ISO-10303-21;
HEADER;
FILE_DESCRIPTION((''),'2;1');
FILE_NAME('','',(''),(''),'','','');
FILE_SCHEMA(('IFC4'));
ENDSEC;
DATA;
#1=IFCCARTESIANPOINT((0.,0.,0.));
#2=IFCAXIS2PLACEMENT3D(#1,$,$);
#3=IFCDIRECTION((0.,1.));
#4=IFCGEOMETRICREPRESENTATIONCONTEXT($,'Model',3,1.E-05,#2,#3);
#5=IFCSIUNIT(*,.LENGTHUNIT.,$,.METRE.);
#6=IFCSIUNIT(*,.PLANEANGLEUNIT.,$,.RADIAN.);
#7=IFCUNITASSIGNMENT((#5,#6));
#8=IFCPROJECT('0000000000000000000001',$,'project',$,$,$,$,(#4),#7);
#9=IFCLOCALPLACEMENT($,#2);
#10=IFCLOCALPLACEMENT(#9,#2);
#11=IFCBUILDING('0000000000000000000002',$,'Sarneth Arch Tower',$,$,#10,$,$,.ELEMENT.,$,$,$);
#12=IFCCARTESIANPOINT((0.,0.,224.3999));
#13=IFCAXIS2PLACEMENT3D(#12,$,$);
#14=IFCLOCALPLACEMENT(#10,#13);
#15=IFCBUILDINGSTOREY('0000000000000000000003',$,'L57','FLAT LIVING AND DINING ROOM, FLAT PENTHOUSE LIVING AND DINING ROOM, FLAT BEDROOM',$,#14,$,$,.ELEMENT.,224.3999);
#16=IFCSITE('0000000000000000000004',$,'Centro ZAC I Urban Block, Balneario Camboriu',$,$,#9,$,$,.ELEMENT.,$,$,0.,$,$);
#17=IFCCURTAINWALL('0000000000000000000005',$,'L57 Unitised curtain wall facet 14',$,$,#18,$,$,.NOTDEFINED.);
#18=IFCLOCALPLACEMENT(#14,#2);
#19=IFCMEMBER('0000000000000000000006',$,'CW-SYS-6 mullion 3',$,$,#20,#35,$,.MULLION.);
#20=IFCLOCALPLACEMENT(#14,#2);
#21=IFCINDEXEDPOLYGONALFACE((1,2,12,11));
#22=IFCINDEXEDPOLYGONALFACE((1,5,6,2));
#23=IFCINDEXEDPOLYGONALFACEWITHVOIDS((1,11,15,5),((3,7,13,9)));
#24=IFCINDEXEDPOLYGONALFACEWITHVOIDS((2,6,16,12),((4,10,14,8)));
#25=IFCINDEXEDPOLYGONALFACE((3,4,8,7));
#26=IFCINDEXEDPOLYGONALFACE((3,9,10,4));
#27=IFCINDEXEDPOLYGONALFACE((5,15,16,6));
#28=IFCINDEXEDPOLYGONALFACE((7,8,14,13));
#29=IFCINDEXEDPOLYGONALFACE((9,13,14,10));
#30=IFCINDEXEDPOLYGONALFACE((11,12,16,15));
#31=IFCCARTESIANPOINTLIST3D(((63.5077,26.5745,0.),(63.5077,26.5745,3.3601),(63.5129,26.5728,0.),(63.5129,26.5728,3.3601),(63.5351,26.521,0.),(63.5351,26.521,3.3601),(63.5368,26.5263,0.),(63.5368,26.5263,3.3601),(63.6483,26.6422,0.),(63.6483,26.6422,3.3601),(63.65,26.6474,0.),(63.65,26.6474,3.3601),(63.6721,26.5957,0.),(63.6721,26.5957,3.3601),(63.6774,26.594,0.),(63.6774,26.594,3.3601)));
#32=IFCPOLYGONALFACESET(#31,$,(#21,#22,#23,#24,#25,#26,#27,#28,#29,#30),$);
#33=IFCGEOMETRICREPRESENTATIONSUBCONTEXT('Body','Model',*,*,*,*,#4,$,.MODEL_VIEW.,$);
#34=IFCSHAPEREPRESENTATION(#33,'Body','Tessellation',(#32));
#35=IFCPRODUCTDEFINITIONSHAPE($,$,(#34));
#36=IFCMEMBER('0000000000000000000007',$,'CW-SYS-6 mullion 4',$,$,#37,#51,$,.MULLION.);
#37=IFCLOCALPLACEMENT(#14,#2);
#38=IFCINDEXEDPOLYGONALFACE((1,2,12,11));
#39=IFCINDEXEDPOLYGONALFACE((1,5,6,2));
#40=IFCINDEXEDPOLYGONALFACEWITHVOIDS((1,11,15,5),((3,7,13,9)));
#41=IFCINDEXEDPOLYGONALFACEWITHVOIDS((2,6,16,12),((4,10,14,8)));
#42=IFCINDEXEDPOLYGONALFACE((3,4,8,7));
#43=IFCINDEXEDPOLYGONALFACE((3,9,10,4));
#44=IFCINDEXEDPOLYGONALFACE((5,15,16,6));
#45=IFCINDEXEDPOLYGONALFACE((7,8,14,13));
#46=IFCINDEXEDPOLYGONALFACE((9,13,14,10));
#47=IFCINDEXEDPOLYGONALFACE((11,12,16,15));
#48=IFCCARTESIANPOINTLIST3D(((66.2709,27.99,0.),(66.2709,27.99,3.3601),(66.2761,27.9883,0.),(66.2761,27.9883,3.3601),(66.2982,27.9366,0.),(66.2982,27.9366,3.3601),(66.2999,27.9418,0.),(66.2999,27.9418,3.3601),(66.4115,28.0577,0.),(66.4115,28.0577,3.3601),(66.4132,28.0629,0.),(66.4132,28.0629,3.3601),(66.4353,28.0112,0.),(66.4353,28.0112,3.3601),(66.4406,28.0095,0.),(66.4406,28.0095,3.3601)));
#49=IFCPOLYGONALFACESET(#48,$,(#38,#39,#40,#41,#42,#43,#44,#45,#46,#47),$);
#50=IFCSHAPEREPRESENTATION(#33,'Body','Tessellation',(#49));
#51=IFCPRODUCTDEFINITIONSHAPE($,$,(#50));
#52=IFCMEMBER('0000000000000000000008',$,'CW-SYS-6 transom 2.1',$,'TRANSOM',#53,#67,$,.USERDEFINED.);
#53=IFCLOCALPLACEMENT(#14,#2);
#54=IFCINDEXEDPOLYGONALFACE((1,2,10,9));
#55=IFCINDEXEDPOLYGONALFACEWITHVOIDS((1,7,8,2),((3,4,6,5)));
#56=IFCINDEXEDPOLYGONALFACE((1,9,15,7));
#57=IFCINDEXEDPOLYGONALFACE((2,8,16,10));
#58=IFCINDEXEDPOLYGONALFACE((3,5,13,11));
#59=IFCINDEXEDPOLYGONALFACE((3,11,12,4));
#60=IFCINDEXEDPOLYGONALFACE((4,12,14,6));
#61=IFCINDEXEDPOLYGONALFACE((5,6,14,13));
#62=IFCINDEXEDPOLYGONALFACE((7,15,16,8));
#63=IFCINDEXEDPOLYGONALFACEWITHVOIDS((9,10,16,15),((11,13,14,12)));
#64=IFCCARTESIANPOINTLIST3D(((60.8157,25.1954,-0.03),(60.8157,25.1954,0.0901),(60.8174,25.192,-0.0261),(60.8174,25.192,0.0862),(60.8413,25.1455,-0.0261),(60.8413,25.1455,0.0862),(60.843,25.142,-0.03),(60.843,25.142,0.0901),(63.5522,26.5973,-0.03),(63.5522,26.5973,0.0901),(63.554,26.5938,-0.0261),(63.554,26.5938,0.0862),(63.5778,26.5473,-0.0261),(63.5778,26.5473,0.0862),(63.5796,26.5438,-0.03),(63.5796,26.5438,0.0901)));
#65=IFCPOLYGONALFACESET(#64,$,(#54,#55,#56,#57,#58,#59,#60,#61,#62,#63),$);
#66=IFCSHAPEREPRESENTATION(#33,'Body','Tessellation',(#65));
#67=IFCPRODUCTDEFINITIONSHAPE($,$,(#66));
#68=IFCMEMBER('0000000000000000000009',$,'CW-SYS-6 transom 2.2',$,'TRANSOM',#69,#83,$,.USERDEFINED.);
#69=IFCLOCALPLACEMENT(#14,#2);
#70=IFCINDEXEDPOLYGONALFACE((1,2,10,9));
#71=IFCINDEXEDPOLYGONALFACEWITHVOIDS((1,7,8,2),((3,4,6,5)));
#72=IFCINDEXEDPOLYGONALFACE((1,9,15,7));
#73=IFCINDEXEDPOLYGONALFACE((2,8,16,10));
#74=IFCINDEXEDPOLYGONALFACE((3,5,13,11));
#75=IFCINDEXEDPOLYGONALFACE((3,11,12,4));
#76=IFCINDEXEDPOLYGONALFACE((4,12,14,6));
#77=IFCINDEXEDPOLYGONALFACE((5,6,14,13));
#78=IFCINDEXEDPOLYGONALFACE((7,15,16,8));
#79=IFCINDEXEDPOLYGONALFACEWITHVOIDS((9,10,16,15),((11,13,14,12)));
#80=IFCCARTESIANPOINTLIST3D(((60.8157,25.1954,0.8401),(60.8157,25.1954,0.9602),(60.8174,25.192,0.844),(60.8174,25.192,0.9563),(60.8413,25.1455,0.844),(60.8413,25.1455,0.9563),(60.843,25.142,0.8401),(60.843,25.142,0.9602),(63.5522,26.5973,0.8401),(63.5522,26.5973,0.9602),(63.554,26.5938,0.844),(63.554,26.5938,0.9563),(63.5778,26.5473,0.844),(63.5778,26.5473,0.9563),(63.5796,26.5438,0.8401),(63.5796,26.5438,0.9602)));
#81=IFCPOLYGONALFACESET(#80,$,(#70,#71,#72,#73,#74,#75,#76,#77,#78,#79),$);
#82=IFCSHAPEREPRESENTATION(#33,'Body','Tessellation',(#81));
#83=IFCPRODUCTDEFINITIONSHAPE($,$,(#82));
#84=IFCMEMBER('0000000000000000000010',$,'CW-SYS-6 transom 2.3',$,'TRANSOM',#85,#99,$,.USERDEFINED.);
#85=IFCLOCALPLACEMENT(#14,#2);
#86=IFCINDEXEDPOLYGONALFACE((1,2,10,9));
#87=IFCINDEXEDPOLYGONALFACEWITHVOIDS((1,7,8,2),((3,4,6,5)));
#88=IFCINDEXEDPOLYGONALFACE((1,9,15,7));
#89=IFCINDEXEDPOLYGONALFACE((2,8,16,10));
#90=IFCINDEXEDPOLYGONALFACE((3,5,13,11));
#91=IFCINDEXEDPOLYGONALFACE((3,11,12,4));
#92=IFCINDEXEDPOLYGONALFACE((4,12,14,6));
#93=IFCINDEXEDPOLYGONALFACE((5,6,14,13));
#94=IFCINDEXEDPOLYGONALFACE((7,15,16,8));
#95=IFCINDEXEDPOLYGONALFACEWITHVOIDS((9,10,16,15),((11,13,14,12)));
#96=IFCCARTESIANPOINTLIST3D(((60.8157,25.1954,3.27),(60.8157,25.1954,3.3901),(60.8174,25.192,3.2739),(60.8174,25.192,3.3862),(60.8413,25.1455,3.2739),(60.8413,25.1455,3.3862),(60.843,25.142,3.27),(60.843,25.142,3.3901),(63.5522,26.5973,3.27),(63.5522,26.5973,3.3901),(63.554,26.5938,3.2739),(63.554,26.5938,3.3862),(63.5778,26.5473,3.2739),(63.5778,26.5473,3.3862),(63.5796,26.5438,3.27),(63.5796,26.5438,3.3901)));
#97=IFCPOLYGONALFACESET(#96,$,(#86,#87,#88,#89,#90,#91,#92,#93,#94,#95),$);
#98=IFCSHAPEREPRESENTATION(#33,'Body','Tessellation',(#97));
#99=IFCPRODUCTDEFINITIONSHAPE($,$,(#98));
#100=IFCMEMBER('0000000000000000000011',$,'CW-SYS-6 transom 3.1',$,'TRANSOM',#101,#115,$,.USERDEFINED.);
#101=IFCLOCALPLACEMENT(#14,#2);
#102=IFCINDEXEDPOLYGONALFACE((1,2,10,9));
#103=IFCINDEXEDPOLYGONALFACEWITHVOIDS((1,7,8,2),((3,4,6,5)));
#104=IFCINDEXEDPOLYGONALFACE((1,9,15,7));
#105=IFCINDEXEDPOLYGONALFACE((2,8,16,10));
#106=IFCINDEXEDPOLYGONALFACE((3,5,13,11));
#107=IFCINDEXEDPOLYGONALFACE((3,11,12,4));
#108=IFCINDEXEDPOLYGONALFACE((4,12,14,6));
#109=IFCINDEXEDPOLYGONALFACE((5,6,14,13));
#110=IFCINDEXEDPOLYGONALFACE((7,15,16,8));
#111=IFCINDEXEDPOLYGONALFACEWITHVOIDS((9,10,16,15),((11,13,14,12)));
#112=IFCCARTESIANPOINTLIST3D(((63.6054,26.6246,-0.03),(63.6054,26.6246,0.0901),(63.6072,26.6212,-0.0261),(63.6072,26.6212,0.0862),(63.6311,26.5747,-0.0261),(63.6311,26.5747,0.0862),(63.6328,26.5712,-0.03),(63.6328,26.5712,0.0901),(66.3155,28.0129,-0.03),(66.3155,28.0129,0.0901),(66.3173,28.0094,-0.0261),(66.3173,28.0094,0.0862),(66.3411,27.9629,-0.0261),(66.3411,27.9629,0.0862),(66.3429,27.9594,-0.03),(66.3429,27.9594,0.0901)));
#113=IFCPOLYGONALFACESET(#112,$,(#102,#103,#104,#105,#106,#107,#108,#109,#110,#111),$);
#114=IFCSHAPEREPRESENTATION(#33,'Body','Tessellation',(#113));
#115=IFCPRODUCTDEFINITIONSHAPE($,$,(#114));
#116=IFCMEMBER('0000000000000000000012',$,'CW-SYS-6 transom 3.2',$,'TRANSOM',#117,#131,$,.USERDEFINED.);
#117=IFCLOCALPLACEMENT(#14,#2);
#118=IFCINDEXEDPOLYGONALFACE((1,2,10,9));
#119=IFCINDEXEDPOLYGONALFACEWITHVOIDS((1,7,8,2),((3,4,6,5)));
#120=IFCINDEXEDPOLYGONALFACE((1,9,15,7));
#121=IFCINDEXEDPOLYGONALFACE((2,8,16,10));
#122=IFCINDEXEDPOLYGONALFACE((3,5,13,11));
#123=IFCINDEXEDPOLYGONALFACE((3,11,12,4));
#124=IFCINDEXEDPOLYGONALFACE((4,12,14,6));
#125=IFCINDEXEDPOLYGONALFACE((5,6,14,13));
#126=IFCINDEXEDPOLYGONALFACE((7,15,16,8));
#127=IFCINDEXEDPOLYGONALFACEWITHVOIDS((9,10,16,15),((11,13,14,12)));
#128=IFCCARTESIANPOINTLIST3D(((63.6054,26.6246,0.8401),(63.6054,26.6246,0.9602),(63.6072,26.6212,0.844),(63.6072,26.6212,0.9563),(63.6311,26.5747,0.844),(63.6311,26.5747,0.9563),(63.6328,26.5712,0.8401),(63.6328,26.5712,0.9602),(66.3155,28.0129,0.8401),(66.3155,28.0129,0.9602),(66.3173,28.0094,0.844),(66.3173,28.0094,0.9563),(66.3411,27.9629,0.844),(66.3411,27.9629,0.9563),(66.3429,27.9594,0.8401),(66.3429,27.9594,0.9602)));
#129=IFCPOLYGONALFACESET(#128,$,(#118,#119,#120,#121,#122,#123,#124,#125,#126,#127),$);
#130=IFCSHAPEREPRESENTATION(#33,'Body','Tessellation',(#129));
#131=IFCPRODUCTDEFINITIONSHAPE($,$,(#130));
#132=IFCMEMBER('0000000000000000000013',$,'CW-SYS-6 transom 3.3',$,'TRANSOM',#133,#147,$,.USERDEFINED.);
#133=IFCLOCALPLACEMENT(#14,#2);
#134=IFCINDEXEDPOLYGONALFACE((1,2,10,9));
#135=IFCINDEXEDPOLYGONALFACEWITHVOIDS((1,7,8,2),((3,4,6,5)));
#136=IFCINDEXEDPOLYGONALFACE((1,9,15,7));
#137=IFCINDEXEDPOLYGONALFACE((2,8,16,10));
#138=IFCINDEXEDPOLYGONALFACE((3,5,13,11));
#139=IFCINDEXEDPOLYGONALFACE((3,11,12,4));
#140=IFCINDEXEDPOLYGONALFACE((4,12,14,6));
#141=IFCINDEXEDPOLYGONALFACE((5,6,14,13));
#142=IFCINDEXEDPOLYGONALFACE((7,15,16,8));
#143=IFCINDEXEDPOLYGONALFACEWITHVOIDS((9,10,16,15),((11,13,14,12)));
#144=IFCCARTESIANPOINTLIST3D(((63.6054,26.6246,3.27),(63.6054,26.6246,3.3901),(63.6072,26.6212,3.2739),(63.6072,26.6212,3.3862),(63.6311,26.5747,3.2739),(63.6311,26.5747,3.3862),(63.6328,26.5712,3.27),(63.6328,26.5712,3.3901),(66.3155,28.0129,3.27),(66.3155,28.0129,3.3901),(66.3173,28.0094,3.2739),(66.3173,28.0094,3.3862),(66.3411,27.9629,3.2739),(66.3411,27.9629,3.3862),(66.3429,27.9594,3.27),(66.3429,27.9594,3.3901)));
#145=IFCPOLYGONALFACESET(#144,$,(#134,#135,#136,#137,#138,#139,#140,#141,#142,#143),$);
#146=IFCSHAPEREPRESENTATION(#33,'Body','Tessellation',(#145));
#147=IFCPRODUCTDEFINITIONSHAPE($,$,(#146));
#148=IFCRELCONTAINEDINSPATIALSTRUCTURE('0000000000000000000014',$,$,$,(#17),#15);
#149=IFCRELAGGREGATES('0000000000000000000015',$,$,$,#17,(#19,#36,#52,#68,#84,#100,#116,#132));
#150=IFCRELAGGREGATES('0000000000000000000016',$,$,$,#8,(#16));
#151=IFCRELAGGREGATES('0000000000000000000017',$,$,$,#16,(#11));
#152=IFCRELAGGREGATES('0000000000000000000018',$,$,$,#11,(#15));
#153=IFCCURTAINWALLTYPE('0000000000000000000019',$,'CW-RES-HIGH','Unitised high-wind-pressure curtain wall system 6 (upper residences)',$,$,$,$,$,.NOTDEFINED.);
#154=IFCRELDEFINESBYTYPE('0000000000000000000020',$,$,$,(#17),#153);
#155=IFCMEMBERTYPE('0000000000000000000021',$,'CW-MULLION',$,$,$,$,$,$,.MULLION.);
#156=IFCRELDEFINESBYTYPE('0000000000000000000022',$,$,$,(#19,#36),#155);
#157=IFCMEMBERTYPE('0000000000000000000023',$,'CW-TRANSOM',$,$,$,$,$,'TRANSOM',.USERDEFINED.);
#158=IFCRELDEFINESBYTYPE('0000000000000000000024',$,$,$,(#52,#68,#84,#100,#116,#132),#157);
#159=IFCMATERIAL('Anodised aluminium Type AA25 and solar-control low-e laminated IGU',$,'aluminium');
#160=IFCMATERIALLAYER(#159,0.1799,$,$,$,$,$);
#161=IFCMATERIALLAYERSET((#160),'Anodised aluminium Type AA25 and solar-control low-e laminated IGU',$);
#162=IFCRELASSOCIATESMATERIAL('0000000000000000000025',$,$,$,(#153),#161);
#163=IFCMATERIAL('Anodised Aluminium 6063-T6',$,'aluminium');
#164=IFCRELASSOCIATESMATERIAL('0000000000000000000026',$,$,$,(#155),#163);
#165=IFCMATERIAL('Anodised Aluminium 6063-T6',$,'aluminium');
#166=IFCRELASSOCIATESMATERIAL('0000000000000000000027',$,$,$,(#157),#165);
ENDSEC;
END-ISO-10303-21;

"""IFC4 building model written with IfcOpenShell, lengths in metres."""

from ifc_helpers import new_model, si_unit, direction, frame, origin, origin_2d, place, context, subcontext, project, spatial, hollow_rectangle, extrude, material, layer, layer_set, material_profile, profile_set, type_object, element, aggregate, save


model = new_model("IFC4")

# Units and contexts
model_context = context("Model", 3, precision=1e-05, world=origin(), true_north=direction((0.0, 1.0)))
body_context = subcontext(model_context, "Body", "Model", "MODEL_VIEW")
ifc_project = project(units=[si_unit("LENGTHUNIT", "METRE"), si_unit("PLANEANGLEUNIT", "RADIAN")], contexts=[model_context])

# Site, building, storey
site_placement = place(None, origin())
site = spatial("IfcSite", under=ifc_project, at=site_placement, Name="Centro ZAC I Urban Block, Balneario Camboriu", CompositionType="ELEMENT", RefElevation=0.0)
building_placement = place(site_placement, origin())
building = spatial("IfcBuilding", under=site, at=building_placement, Name="Sarneth Arch Tower", CompositionType="ELEMENT")
storey_placement = place(building_placement, frame((0.0, 0.0, 224.3999)))
storey = spatial("IfcBuildingStorey", under=building, at=storey_placement, Name="L57", Description="FLAT LIVING AND DINING ROOM, FLAT PENTHOUSE LIVING AND DINING ROOM, FLAT BEDROOM", CompositionType="ELEMENT", Elevation=224.3999)

# Curtain wall, members
ifc_material_1 = material(Name="Anodised aluminium Type AA25 and solar-control low-e laminated IGU", Category="aluminium")
ifc_layer_1 = layer(ifc_material_1, 0.1799)
ifc_layer_set_1 = layer_set([ifc_layer_1], Name="Anodised aluminium Type AA25 and solar-control low-e laminated IGU")
curtain_wall_type = type_object("IfcCurtainWallType", Name="CW-RES-HIGH", Description="Unitised high-wind-pressure curtain wall system 6 (upper residences)", PredefinedType="NOTDEFINED", material=ifc_layer_set_1)
curtain_wall_placement = place(storey_placement, origin())
curtain_wall = element("IfcCurtainWall", 1, at=curtain_wall_placement, inside=storey, type_object=curtain_wall_type, Name="L57 Unitised curtain wall facet 14", PredefinedType="NOTDEFINED")
ifc_material_2 = material(Name="Anodised Aluminium 6063-T6", Category="aluminium")
ifc_material_profile_1 = material_profile(ifc_material_2, hollow_rectangle(XDim=0.0601, YDim=0.1599, WallThickness=0.0039, at=origin_2d()), Name="AL-MULL-160x60x4")
ifc_profile_set_1 = profile_set([ifc_material_profile_1], Name="Anodised Aluminium 6063-T6")
member_type_1 = type_object("IfcMemberType", Name="CW-MULLION", PredefinedType="MULLION", material=ifc_profile_set_1)
member_1_placement = place(storey_placement, frame((63.5925, 26.5842, 0.0), z_axis=(0.0, 0.0, 1.0), x_axis=(-0.455942, 0.89001, 0.0)))
member_1 = element("IfcMember", 2, at=member_1_placement, type_object=member_type_1, Name="CW-SYS-6 mullion 3", PredefinedType="MULLION", context=body_context, shape_type="SweptSolid", body=[
    extrude(hollow_rectangle(XDim=0.0601, YDim=0.1599, WallThickness=0.0039, at=origin_2d()), origin(), (0.0, 0.0, 1.0), 3.3601),
])
member_2_placement = place(storey_placement, frame((66.3557, 27.9998, 0.0), z_axis=(0.0, 0.0, 1.0), x_axis=(-0.455942, 0.89001, 0.0)))
member_2 = element("IfcMember", 3, at=member_2_placement, type_object=member_type_1, Name="CW-SYS-6 mullion 4", PredefinedType="MULLION", context=body_context, shape_type="SweptSolid", body=[
    extrude(hollow_rectangle(XDim=0.0601, YDim=0.1599, WallThickness=0.0039, at=origin_2d()), origin(), (0.0, 0.0, 1.0), 3.3601),
])
ifc_material_3 = material(Name="Anodised Aluminium 6063-T6", Category="aluminium")
ifc_material_profile_2 = material_profile(ifc_material_3, hollow_rectangle(XDim=0.0601, YDim=0.1201, WallThickness=0.0039, at=origin_2d()), Name="AL-TRAN-120x60x4")
ifc_profile_set_2 = profile_set([ifc_material_profile_2], Name="Anodised Aluminium 6063-T6")
member_type_2 = type_object("IfcMemberType", Name="CW-TRANSOM", ElementType="TRANSOM", PredefinedType="USERDEFINED", material=ifc_profile_set_2)
member_3_placement = place(storey_placement, frame((60.8293, 25.1687, 0.03), z_axis=(0.890017, 0.455926, 0.0), x_axis=(-0.455926, 0.890017, 0.0)))
member_3 = element("IfcMember", 4, at=member_3_placement, type_object=member_type_2, Name="CW-SYS-6 transom 2.1", ObjectType="TRANSOM", PredefinedType="USERDEFINED", context=body_context, shape_type="SweptSolid", body=[
    extrude(hollow_rectangle(XDim=0.0601, YDim=0.1201, WallThickness=0.0039, at=origin_2d()), origin(), (0.0, 0.0, 1.0), 3.0747),
])
member_4_placement = place(storey_placement, frame((60.8293, 25.1687, 0.9001), z_axis=(0.890017, 0.455926, 0.0), x_axis=(-0.455926, 0.890017, 0.0)))
member_4 = element("IfcMember", 5, at=member_4_placement, type_object=member_type_2, Name="CW-SYS-6 transom 2.2", ObjectType="TRANSOM", PredefinedType="USERDEFINED", context=body_context, shape_type="SweptSolid", body=[
    extrude(hollow_rectangle(XDim=0.0601, YDim=0.1201, WallThickness=0.0039, at=origin_2d()), origin(), (0.0, 0.0, 1.0), 3.0747),
])
member_5_placement = place(storey_placement, frame((60.8293, 25.1687, 3.3301), z_axis=(0.890017, 0.455926, 0.0), x_axis=(-0.455926, 0.890017, 0.0)))
member_5 = element("IfcMember", 6, at=member_5_placement, type_object=member_type_2, Name="CW-SYS-6 transom 2.3", ObjectType="TRANSOM", PredefinedType="USERDEFINED", context=body_context, shape_type="SweptSolid", body=[
    extrude(hollow_rectangle(XDim=0.0601, YDim=0.1201, WallThickness=0.0039, at=origin_2d()), origin(), (0.0, 0.0, 1.0), 3.0747),
])
member_6_placement = place(storey_placement, frame((63.6191, 26.5979, 0.03), z_axis=(0.890023, 0.455916, 0.0), x_axis=(-0.455916, 0.890023, 0.0)))
member_6 = element("IfcMember", 7, at=member_6_placement, type_object=member_type_2, Name="CW-SYS-6 transom 3.1", ObjectType="TRANSOM", PredefinedType="USERDEFINED", context=body_context, shape_type="SweptSolid", body=[
    extrude(hollow_rectangle(XDim=0.0601, YDim=0.1201, WallThickness=0.0039, at=origin_2d()), origin(), (0.0, 0.0, 1.0), 3.0449),
])
member_7_placement = place(storey_placement, frame((63.6191, 26.5979, 0.9001), z_axis=(0.890023, 0.455916, 0.0), x_axis=(-0.455916, 0.890023, 0.0)))
member_7 = element("IfcMember", 8, at=member_7_placement, type_object=member_type_2, Name="CW-SYS-6 transom 3.2", ObjectType="TRANSOM", PredefinedType="USERDEFINED", context=body_context, shape_type="SweptSolid", body=[
    extrude(hollow_rectangle(XDim=0.0601, YDim=0.1201, WallThickness=0.0039, at=origin_2d()), origin(), (0.0, 0.0, 1.0), 3.0449),
])
member_8_placement = place(storey_placement, frame((63.6191, 26.5979, 3.3301), z_axis=(0.890023, 0.455916, 0.0), x_axis=(-0.455916, 0.890023, 0.0)))
member_8 = element("IfcMember", 9, at=member_8_placement, type_object=member_type_2, Name="CW-SYS-6 transom 3.3", ObjectType="TRANSOM", PredefinedType="USERDEFINED", context=body_context, shape_type="SweptSolid", body=[
    extrude(hollow_rectangle(XDim=0.0601, YDim=0.1201, WallThickness=0.0039, at=origin_2d()), origin(), (0.0, 0.0, 1.0), 3.0449),
])

aggregate(curtain_wall, [member_1, member_2, member_3, member_4, member_5, member_6, member_7, member_8])

save(model, "model.ifc")
